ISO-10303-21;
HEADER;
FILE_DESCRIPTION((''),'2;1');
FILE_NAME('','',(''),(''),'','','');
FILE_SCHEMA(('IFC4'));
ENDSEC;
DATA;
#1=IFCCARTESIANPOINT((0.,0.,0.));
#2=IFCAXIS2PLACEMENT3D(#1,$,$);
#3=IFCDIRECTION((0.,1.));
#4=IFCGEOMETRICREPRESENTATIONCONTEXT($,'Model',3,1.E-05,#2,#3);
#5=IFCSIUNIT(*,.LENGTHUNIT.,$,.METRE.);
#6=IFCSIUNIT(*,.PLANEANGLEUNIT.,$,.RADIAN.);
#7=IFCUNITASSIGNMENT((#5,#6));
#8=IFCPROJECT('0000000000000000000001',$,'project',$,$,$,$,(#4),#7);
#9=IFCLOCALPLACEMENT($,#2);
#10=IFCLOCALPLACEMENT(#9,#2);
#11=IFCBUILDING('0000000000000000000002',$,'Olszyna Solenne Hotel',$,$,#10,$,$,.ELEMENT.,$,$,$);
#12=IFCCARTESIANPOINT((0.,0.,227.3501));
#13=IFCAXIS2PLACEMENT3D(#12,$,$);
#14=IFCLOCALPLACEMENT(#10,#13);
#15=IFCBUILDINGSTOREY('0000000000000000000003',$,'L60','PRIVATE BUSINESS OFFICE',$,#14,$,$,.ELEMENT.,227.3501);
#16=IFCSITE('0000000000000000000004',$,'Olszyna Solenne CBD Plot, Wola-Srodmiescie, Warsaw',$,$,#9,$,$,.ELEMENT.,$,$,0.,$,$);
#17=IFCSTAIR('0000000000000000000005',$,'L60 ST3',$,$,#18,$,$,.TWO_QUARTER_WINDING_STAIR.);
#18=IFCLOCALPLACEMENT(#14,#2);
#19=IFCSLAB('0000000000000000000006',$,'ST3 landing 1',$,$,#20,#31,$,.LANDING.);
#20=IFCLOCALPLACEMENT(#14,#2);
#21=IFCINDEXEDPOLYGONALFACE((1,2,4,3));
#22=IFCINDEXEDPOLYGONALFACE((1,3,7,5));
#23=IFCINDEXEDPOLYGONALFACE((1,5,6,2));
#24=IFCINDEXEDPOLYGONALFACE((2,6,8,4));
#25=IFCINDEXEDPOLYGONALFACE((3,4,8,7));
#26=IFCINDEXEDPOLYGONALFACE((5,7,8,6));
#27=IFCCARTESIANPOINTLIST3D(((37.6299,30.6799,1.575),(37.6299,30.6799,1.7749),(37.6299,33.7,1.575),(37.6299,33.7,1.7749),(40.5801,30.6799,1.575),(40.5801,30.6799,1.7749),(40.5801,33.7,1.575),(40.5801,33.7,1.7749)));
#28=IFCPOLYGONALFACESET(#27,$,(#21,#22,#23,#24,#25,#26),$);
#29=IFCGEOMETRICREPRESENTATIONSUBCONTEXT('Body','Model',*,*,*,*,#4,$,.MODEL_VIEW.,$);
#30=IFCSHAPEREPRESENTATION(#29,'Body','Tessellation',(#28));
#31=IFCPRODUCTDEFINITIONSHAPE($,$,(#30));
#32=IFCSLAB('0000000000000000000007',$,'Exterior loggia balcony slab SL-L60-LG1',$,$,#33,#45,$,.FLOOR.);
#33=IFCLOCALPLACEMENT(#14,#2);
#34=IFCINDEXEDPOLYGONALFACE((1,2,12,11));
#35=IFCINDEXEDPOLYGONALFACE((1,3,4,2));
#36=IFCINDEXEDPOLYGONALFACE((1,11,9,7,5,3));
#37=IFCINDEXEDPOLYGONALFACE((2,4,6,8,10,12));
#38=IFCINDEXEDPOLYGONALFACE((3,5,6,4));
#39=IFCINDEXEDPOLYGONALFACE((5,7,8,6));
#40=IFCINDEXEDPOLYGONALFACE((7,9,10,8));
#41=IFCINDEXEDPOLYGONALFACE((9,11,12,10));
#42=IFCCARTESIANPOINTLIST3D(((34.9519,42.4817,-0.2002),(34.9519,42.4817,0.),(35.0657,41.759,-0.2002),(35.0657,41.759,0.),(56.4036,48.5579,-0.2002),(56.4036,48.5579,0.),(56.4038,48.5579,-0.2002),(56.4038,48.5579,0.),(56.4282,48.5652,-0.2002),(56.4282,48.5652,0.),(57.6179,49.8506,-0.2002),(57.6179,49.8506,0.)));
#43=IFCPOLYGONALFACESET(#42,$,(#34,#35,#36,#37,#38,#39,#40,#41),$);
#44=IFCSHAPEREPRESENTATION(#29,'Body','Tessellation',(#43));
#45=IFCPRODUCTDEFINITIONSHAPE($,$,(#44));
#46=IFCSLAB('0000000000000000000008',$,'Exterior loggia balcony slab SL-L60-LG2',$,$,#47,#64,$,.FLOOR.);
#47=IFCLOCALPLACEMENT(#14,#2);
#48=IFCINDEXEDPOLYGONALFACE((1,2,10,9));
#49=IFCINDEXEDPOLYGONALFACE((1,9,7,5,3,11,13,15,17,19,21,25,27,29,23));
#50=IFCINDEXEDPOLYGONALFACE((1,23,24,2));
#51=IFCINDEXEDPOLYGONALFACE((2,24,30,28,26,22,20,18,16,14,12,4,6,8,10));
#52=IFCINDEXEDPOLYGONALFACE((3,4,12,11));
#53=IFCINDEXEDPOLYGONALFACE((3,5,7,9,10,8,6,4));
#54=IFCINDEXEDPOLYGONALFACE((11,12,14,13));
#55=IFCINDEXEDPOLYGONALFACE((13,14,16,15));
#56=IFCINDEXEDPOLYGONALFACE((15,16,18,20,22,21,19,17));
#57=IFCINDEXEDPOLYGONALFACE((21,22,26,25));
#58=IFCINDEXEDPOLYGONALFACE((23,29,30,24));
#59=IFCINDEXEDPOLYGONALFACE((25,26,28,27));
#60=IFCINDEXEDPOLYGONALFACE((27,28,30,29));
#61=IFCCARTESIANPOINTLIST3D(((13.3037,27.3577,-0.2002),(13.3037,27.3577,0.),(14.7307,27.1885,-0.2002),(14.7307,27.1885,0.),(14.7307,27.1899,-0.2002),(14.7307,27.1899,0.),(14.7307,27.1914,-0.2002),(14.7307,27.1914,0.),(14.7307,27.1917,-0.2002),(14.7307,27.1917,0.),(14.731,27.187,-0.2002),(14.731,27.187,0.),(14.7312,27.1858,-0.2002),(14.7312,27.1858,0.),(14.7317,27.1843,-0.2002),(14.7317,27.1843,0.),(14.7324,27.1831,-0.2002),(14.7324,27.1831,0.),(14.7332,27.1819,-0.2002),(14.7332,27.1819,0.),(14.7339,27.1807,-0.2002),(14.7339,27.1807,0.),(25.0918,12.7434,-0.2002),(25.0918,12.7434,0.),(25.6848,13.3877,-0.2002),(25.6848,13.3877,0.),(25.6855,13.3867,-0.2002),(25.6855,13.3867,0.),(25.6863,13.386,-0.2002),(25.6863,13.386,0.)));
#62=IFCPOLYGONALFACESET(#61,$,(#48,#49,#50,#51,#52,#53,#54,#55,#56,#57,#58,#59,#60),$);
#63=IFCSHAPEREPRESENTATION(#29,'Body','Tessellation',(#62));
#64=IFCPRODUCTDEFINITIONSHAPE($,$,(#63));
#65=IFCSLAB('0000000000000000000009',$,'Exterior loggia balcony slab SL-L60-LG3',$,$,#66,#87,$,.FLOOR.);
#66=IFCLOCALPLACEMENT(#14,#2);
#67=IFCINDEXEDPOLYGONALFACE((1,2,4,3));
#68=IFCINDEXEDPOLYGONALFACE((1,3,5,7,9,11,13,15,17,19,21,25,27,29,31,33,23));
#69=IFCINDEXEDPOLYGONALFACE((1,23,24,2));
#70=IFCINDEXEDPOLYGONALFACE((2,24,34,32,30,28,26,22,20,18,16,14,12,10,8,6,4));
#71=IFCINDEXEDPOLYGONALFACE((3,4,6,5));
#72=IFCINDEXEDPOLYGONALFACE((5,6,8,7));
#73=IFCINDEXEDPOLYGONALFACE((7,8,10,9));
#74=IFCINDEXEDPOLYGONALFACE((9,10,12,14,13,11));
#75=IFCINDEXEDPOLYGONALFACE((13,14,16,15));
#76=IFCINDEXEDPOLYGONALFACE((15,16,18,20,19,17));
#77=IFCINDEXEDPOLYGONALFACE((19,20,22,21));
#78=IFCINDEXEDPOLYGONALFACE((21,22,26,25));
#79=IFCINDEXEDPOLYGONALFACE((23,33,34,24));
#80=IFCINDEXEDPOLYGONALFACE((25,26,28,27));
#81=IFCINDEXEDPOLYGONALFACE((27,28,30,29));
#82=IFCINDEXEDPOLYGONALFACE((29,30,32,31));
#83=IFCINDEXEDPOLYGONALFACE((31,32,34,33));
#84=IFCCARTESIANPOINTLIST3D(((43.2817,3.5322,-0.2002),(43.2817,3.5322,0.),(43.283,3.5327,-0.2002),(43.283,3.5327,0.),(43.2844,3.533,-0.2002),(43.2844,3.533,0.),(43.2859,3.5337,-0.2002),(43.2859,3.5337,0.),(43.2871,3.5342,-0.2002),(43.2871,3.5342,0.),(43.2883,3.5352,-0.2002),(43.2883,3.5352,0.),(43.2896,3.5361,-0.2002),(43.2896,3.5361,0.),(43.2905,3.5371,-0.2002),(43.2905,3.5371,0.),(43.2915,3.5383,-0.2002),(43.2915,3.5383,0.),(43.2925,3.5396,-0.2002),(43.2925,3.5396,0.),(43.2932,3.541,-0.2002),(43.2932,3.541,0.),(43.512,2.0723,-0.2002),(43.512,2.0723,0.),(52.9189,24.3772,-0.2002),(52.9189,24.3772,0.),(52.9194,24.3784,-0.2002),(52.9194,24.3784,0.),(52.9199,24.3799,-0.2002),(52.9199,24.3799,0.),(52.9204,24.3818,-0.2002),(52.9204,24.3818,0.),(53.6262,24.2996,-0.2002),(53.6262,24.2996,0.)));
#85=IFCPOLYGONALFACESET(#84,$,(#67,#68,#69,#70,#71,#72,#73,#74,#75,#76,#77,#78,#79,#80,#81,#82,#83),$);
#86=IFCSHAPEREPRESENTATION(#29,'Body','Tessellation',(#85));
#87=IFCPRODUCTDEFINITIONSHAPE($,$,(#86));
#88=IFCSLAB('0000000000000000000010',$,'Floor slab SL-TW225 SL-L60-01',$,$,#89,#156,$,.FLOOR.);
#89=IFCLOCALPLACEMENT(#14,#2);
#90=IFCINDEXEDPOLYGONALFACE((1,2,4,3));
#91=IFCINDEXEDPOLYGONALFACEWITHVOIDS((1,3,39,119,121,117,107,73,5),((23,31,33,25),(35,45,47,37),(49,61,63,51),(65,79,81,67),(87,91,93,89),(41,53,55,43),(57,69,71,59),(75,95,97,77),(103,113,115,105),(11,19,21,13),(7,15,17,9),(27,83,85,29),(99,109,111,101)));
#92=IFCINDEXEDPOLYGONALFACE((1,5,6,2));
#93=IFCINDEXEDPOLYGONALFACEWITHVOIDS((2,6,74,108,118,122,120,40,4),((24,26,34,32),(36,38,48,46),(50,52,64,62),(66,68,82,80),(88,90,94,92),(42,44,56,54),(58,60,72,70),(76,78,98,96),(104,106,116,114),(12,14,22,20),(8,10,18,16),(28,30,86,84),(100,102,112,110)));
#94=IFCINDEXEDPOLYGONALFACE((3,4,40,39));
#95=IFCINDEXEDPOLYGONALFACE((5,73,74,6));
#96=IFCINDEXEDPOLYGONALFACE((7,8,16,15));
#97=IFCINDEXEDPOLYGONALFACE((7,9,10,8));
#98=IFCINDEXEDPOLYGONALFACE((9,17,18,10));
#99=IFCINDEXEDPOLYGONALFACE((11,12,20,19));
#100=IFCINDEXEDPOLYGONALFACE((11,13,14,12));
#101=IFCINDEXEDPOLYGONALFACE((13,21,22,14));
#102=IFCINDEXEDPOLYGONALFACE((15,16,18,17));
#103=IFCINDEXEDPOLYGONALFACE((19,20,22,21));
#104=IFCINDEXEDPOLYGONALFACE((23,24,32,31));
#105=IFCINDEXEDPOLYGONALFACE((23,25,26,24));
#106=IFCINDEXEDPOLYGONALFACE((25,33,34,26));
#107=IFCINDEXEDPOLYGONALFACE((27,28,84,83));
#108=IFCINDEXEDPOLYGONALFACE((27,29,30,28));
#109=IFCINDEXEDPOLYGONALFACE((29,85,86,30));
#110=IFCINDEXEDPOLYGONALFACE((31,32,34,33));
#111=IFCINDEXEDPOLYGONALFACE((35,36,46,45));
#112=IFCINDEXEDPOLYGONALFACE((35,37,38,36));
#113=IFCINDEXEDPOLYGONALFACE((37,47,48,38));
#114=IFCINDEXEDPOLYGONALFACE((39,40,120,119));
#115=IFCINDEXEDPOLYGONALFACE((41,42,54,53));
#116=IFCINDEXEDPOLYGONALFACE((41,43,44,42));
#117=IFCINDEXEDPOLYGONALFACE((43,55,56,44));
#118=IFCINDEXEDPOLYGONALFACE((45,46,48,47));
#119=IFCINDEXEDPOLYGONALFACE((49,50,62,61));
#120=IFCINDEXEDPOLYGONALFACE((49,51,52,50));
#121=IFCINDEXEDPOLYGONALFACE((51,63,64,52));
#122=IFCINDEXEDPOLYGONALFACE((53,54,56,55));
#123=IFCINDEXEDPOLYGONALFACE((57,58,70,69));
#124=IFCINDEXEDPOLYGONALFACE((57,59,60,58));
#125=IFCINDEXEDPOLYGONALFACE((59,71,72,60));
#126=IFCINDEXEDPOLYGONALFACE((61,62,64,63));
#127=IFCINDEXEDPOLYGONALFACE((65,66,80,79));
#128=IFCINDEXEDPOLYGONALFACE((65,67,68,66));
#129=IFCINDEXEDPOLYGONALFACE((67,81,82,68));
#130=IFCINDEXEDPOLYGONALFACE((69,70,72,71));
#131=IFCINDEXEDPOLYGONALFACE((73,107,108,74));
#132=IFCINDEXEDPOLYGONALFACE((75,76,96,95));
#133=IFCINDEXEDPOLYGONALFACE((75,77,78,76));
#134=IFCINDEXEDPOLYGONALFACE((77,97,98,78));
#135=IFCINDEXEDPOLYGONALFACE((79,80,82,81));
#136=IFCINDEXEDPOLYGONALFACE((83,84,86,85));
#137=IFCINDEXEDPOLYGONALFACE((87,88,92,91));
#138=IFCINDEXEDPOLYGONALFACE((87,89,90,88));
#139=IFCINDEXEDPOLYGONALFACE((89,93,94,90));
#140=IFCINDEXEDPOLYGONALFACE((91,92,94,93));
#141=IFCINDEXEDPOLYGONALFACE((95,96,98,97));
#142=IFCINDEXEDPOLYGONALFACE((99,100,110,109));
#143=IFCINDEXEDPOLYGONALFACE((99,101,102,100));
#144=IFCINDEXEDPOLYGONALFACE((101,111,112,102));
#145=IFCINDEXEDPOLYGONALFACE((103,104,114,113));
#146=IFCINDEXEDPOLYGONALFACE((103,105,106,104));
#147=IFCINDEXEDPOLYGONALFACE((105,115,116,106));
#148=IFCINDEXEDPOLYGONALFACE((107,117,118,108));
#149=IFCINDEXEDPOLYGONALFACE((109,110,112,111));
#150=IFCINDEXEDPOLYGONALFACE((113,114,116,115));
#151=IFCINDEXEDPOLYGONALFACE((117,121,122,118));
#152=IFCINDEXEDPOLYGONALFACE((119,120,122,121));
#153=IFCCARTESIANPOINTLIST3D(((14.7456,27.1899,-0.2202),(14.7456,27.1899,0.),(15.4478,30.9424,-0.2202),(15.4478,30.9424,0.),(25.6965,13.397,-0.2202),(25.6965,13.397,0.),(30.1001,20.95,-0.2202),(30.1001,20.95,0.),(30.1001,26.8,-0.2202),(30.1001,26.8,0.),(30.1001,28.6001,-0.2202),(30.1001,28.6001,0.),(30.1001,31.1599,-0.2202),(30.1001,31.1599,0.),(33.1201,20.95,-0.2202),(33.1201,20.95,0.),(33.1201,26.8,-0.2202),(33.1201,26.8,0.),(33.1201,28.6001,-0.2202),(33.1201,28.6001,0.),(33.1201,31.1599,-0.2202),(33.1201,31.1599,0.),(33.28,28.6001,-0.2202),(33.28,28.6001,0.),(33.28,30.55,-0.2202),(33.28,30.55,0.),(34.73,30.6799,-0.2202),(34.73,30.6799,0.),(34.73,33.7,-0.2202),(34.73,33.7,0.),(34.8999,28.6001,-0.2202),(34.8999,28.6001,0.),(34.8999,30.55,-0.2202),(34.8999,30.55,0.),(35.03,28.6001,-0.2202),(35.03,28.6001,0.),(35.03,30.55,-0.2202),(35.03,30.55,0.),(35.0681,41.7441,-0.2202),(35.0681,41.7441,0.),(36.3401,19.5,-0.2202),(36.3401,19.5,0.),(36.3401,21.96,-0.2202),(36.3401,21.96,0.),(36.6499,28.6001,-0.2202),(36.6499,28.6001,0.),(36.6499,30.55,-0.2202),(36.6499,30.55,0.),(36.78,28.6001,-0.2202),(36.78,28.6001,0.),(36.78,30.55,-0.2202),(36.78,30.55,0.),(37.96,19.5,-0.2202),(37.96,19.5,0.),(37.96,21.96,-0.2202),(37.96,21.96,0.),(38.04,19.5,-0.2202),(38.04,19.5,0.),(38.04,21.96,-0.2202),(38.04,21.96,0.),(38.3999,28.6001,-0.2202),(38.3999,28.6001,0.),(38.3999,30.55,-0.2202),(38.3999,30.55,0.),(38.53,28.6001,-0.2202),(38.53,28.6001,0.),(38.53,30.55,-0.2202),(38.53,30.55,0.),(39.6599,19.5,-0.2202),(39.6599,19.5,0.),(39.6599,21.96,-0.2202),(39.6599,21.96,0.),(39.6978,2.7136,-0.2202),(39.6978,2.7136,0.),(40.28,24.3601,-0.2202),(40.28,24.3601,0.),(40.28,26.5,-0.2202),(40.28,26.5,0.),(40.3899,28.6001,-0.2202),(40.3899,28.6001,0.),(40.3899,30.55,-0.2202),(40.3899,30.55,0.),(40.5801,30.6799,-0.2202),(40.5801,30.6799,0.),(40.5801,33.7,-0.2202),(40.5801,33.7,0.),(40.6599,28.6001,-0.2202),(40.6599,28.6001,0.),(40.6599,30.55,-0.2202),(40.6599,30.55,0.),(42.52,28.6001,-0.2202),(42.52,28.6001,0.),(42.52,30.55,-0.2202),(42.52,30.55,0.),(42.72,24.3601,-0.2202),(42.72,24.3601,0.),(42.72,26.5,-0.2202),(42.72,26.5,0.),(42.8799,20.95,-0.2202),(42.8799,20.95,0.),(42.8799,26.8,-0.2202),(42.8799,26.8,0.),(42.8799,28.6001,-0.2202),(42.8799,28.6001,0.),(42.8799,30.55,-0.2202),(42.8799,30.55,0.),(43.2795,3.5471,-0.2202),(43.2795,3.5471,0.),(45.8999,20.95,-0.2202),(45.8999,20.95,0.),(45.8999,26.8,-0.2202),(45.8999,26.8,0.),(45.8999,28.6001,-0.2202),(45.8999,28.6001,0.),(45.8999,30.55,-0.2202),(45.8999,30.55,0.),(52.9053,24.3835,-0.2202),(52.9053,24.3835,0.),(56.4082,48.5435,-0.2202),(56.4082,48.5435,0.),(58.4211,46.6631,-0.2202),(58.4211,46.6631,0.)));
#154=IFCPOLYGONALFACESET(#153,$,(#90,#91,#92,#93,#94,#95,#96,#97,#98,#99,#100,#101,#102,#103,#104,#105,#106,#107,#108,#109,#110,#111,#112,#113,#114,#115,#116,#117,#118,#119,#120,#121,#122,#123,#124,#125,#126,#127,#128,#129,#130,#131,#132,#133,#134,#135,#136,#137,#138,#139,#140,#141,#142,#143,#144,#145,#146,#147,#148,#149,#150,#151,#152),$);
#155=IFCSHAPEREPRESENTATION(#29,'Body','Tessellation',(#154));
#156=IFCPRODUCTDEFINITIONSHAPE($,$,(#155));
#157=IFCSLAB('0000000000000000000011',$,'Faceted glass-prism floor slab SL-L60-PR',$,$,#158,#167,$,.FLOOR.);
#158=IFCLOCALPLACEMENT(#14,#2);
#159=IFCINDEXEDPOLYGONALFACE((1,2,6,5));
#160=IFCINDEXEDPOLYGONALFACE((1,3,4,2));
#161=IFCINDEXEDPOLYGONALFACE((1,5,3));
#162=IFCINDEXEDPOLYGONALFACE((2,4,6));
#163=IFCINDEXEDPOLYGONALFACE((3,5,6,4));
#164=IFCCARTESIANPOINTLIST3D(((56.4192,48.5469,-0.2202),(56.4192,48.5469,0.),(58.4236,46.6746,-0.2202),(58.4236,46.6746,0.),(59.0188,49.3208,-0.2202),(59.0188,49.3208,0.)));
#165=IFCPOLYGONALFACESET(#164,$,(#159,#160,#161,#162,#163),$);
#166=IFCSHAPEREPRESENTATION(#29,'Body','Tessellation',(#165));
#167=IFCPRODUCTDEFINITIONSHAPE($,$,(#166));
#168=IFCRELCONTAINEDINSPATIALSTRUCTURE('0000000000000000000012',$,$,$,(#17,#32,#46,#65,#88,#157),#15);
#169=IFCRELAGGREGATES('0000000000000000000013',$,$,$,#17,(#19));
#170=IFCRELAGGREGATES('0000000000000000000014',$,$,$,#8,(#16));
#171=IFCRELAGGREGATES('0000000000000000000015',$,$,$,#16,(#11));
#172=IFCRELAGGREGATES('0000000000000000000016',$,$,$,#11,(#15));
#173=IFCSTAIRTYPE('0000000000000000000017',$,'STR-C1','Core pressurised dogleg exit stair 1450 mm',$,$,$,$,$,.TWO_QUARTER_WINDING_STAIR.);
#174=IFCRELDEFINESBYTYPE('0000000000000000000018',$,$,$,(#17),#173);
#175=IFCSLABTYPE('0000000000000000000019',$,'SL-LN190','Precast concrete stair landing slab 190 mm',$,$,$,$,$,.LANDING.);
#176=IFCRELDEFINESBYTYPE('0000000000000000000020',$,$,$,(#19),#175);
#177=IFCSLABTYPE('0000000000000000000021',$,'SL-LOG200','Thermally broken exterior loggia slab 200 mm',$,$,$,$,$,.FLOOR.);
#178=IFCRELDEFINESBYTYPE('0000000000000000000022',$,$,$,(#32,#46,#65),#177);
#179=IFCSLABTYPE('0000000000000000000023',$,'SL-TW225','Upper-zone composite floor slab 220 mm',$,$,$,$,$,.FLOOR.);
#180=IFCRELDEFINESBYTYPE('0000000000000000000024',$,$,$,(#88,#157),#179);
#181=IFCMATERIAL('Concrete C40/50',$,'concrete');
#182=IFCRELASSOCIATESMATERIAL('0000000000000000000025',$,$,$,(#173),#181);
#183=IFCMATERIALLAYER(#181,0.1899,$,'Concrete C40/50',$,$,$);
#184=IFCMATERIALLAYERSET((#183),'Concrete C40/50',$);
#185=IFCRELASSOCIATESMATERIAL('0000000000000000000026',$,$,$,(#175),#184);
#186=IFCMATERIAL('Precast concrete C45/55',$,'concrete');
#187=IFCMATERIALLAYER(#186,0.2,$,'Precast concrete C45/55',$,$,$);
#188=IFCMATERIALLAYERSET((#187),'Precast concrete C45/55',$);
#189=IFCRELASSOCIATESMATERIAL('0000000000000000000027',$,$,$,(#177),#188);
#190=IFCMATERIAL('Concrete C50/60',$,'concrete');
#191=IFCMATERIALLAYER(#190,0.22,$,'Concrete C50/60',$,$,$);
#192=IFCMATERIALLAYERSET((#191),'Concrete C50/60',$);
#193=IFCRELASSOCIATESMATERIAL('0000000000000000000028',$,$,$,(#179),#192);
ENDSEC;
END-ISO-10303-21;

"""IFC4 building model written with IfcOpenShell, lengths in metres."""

from ifc_helpers import new_model, si_unit, direction, frame, origin, place, context, subcontext, project, spatial, polyline, outline, extrude, material, layer, layer_set, type_object, element, aggregate, save


model = new_model("IFC4")

# Units and contexts
model_context = context("Model", 3, precision=1e-05, world=origin(), true_north=direction((0.0, 1.0)))
body_context = subcontext(model_context, "Body", "Model", "MODEL_VIEW")
ifc_project = project(units=[si_unit("LENGTHUNIT", "METRE"), si_unit("PLANEANGLEUNIT", "RADIAN")], contexts=[model_context])

# Site, building, storey
site_placement = place(None, origin())
site = spatial("IfcSite", under=ifc_project, at=site_placement, Name="Olszyna Solenne CBD Plot, Wola-Srodmiescie, Warsaw", CompositionType="ELEMENT", RefElevation=0.0)
building_placement = place(site_placement, origin())
building = spatial("IfcBuilding", under=site, at=building_placement, Name="Olszyna Solenne Hotel", CompositionType="ELEMENT")
storey_placement = place(building_placement, frame((0.0, 0.0, 227.3501)))
storey = spatial("IfcBuildingStorey", under=building, at=storey_placement, Name="L60", Description="PRIVATE BUSINESS OFFICE", CompositionType="ELEMENT", Elevation=227.3501)

# Stair, slab
ifc_material_1 = material(Name="Concrete C40/50", Category="concrete")
stair_type = type_object("IfcStairType", Name="STR-C1", Description="Core pressurised dogleg exit stair 1450 mm", PredefinedType="TWO_QUARTER_WINDING_STAIR", material=ifc_material_1)
ifc_layer_1 = layer(ifc_material_1, 0.1899, Name="Concrete C40/50")
ifc_layer_set_1 = layer_set([ifc_layer_1], Name="Concrete C40/50")
slab_type_1 = type_object("IfcSlabType", Name="SL-LN190", Description="Precast concrete stair landing slab 190 mm", PredefinedType="LANDING", material=ifc_layer_set_1)
stair_1_placement = place(storey_placement, origin())
stair_1 = element("IfcStair", 1, at=stair_1_placement, inside=storey, type_object=stair_type, Name="L60 ST3", PredefinedType="TWO_QUARTER_WINDING_STAIR")
slab_1_placement = place(storey_placement, frame((0.0, 0.0, 1.575)))
slab_1 = element("IfcSlab", 2, at=slab_1_placement, type_object=slab_type_1, Name="ST3 landing 1", PredefinedType="LANDING", context=body_context, shape_type="SweptSolid", body=[
    extrude(outline(polyline([(37.6299, 30.6799), (40.5801, 30.6799), (40.5801, 33.7), (37.6299, 33.7), (37.6299, 30.6799)])), origin(), (0.0, 0.0, 1.0), 0.2),
])
aggregate(stair_1, [slab_1])

# Slabs
ifc_material_2 = material(Name="Precast concrete C45/55", Category="concrete")
ifc_layer_2 = layer(ifc_material_2, 0.2, Name="Precast concrete C45/55")
ifc_layer_set_2 = layer_set([ifc_layer_2], Name="Precast concrete C45/55")
slab_type_2 = type_object("IfcSlabType", Name="SL-LOG200", Description="Thermally broken exterior loggia slab 200 mm", PredefinedType="FLOOR", material=ifc_layer_set_2)
slab_2_placement = place(storey_placement, frame((0.0, 0.0, -0.2002)))
element("IfcSlab", 3, at=slab_2_placement, inside=storey, type_object=slab_type_2, Name="Exterior loggia balcony slab SL-L60-LG1", PredefinedType="FLOOR", context=body_context, shape_type="SweptSolid", body=[
    extrude(outline(polyline([(35.0657, 41.759), (56.4036, 48.5579), (56.4038, 48.5579), (56.4282, 48.5652), (57.6179, 49.8506), (34.9519, 42.4817), (35.0657, 41.759)])), origin(), (0.0, 0.0, 1.0), 0.2002),
])
slab_3_placement = place(storey_placement, frame((0.0, 0.0, -0.2002)))
element("IfcSlab", 4, at=slab_3_placement, inside=storey, type_object=slab_type_2, Name="Exterior loggia balcony slab SL-L60-LG2", PredefinedType="FLOOR", context=body_context, shape_type="SweptSolid", body=[
    extrude(outline(polyline([(25.6863, 13.386), (25.6855, 13.3867), (25.6848, 13.3877), (14.7339, 27.1807), (14.7332, 27.1819), (14.7324, 27.1831), (14.7317, 27.1843), (14.7312, 27.1858), (14.731, 27.187), (14.7307, 27.1885), (14.7307, 27.1899), (14.7307, 27.1914), (14.7307, 27.1917), (13.3037, 27.3577), (25.0918, 12.7434), (25.6863, 13.386)])), origin(), (0.0, 0.0, 1.0), 0.2002),
])
slab_4_placement = place(storey_placement, frame((0.0, 0.0, -0.2002)))
element("IfcSlab", 5, at=slab_4_placement, inside=storey, type_object=slab_type_2, Name="Exterior loggia balcony slab SL-L60-LG3", PredefinedType="FLOOR", context=body_context, shape_type="SweptSolid", body=[
    extrude(outline(polyline([(52.9204, 24.3818), (52.9199, 24.3799), (52.9194, 24.3784), (52.9189, 24.3772), (43.2932, 3.541), (43.2925, 3.5396), (43.2915, 3.5383), (43.2905, 3.5371), (43.2896, 3.5361), (43.2883, 3.5352), (43.2871, 3.5342), (43.2859, 3.5337), (43.2844, 3.533), (43.283, 3.5327), (43.2817, 3.5322), (43.512, 2.0723), (53.6262, 24.2996), (52.9204, 24.3818)])), origin(), (0.0, 0.0, 1.0), 0.2002),
])
ifc_material_3 = material(Name="Concrete C50/60", Category="concrete")
ifc_layer_3 = layer(ifc_material_3, 0.22, Name="Concrete C50/60")
ifc_layer_set_3 = layer_set([ifc_layer_3], Name="Concrete C50/60")
slab_type_3 = type_object("IfcSlabType", Name="SL-TW225", Description="Upper-zone composite floor slab 220 mm", PredefinedType="FLOOR", material=ifc_layer_set_3)
slab_5_placement = place(storey_placement, frame((0.0, 0.0, -0.2202)))
element("IfcSlab", 6, at=slab_5_placement, inside=storey, type_object=slab_type_3, Name="Floor slab SL-TW225 SL-L60-01", PredefinedType="FLOOR", context=body_context, shape_type="SweptSolid", body=[
    extrude(outline(polyline([(58.4211, 46.6631), (56.4082, 48.5435), (35.0681, 41.7441), (15.4478, 30.9424), (14.7456, 27.1899), (25.6965, 13.397), (39.6978, 2.7136), (43.2795, 3.5471), (52.9053, 24.3835), (58.4211, 46.6631)]), holes=[polyline([(30.1001, 20.95), (33.1201, 20.95), (33.1201, 26.8), (30.1001, 26.8), (30.1001, 20.95)]), polyline([(42.8799, 20.95), (45.8999, 20.95), (45.8999, 26.8), (42.8799, 26.8), (42.8799, 20.95)]), polyline([(34.73, 30.6799), (40.5801, 30.6799), (40.5801, 33.7), (34.73, 33.7), (34.73, 30.6799)]), polyline([(36.3401, 19.5), (37.96, 19.5), (37.96, 21.96), (36.3401, 21.96), (36.3401, 19.5)]), polyline([(38.04, 19.5), (39.6599, 19.5), (39.6599, 21.96), (38.04, 21.96), (38.04, 19.5)]), polyline([(30.1001, 28.6001), (33.1201, 28.6001), (33.1201, 31.1599), (30.1001, 31.1599), (30.1001, 28.6001)]), polyline([(40.28, 24.3601), (42.72, 24.3601), (42.72, 26.5), (40.28, 26.5), (40.28, 24.3601)]), polyline([(33.28, 28.6001), (34.8999, 28.6001), (34.8999, 30.55), (33.28, 30.55), (33.28, 28.6001)]), polyline([(35.03, 28.6001), (36.6499, 28.6001), (36.6499, 30.55), (35.03, 30.55), (35.03, 28.6001)]), polyline([(36.78, 28.6001), (38.3999, 28.6001), (38.3999, 30.55), (36.78, 30.55), (36.78, 28.6001)]), polyline([(38.53, 28.6001), (40.3899, 28.6001), (40.3899, 30.55), (38.53, 30.55), (38.53, 28.6001)]), polyline([(40.6599, 28.6001), (42.52, 28.6001), (42.52, 30.55), (40.6599, 30.55), (40.6599, 28.6001)]), polyline([(42.8799, 28.6001), (45.8999, 28.6001), (45.8999, 30.55), (42.8799, 30.55), (42.8799, 28.6001)])]), origin(), (0.0, 0.0, 1.0), 0.2202),
])
slab_6_placement = place(storey_placement, frame((0.0, 0.0, -0.2202)))
element("IfcSlab", 7, at=slab_6_placement, inside=storey, type_object=slab_type_3, Name="Faceted glass-prism floor slab SL-L60-PR", PredefinedType="FLOOR", context=body_context, shape_type="SweptSolid", body=[
    extrude(outline(polyline([(56.4192, 48.5469), (58.4236, 46.6746), (59.0188, 49.3208), (56.4192, 48.5469)])), origin(), (0.0, 0.0, 1.0), 0.2202),
])

save(model, "model.ifc")
